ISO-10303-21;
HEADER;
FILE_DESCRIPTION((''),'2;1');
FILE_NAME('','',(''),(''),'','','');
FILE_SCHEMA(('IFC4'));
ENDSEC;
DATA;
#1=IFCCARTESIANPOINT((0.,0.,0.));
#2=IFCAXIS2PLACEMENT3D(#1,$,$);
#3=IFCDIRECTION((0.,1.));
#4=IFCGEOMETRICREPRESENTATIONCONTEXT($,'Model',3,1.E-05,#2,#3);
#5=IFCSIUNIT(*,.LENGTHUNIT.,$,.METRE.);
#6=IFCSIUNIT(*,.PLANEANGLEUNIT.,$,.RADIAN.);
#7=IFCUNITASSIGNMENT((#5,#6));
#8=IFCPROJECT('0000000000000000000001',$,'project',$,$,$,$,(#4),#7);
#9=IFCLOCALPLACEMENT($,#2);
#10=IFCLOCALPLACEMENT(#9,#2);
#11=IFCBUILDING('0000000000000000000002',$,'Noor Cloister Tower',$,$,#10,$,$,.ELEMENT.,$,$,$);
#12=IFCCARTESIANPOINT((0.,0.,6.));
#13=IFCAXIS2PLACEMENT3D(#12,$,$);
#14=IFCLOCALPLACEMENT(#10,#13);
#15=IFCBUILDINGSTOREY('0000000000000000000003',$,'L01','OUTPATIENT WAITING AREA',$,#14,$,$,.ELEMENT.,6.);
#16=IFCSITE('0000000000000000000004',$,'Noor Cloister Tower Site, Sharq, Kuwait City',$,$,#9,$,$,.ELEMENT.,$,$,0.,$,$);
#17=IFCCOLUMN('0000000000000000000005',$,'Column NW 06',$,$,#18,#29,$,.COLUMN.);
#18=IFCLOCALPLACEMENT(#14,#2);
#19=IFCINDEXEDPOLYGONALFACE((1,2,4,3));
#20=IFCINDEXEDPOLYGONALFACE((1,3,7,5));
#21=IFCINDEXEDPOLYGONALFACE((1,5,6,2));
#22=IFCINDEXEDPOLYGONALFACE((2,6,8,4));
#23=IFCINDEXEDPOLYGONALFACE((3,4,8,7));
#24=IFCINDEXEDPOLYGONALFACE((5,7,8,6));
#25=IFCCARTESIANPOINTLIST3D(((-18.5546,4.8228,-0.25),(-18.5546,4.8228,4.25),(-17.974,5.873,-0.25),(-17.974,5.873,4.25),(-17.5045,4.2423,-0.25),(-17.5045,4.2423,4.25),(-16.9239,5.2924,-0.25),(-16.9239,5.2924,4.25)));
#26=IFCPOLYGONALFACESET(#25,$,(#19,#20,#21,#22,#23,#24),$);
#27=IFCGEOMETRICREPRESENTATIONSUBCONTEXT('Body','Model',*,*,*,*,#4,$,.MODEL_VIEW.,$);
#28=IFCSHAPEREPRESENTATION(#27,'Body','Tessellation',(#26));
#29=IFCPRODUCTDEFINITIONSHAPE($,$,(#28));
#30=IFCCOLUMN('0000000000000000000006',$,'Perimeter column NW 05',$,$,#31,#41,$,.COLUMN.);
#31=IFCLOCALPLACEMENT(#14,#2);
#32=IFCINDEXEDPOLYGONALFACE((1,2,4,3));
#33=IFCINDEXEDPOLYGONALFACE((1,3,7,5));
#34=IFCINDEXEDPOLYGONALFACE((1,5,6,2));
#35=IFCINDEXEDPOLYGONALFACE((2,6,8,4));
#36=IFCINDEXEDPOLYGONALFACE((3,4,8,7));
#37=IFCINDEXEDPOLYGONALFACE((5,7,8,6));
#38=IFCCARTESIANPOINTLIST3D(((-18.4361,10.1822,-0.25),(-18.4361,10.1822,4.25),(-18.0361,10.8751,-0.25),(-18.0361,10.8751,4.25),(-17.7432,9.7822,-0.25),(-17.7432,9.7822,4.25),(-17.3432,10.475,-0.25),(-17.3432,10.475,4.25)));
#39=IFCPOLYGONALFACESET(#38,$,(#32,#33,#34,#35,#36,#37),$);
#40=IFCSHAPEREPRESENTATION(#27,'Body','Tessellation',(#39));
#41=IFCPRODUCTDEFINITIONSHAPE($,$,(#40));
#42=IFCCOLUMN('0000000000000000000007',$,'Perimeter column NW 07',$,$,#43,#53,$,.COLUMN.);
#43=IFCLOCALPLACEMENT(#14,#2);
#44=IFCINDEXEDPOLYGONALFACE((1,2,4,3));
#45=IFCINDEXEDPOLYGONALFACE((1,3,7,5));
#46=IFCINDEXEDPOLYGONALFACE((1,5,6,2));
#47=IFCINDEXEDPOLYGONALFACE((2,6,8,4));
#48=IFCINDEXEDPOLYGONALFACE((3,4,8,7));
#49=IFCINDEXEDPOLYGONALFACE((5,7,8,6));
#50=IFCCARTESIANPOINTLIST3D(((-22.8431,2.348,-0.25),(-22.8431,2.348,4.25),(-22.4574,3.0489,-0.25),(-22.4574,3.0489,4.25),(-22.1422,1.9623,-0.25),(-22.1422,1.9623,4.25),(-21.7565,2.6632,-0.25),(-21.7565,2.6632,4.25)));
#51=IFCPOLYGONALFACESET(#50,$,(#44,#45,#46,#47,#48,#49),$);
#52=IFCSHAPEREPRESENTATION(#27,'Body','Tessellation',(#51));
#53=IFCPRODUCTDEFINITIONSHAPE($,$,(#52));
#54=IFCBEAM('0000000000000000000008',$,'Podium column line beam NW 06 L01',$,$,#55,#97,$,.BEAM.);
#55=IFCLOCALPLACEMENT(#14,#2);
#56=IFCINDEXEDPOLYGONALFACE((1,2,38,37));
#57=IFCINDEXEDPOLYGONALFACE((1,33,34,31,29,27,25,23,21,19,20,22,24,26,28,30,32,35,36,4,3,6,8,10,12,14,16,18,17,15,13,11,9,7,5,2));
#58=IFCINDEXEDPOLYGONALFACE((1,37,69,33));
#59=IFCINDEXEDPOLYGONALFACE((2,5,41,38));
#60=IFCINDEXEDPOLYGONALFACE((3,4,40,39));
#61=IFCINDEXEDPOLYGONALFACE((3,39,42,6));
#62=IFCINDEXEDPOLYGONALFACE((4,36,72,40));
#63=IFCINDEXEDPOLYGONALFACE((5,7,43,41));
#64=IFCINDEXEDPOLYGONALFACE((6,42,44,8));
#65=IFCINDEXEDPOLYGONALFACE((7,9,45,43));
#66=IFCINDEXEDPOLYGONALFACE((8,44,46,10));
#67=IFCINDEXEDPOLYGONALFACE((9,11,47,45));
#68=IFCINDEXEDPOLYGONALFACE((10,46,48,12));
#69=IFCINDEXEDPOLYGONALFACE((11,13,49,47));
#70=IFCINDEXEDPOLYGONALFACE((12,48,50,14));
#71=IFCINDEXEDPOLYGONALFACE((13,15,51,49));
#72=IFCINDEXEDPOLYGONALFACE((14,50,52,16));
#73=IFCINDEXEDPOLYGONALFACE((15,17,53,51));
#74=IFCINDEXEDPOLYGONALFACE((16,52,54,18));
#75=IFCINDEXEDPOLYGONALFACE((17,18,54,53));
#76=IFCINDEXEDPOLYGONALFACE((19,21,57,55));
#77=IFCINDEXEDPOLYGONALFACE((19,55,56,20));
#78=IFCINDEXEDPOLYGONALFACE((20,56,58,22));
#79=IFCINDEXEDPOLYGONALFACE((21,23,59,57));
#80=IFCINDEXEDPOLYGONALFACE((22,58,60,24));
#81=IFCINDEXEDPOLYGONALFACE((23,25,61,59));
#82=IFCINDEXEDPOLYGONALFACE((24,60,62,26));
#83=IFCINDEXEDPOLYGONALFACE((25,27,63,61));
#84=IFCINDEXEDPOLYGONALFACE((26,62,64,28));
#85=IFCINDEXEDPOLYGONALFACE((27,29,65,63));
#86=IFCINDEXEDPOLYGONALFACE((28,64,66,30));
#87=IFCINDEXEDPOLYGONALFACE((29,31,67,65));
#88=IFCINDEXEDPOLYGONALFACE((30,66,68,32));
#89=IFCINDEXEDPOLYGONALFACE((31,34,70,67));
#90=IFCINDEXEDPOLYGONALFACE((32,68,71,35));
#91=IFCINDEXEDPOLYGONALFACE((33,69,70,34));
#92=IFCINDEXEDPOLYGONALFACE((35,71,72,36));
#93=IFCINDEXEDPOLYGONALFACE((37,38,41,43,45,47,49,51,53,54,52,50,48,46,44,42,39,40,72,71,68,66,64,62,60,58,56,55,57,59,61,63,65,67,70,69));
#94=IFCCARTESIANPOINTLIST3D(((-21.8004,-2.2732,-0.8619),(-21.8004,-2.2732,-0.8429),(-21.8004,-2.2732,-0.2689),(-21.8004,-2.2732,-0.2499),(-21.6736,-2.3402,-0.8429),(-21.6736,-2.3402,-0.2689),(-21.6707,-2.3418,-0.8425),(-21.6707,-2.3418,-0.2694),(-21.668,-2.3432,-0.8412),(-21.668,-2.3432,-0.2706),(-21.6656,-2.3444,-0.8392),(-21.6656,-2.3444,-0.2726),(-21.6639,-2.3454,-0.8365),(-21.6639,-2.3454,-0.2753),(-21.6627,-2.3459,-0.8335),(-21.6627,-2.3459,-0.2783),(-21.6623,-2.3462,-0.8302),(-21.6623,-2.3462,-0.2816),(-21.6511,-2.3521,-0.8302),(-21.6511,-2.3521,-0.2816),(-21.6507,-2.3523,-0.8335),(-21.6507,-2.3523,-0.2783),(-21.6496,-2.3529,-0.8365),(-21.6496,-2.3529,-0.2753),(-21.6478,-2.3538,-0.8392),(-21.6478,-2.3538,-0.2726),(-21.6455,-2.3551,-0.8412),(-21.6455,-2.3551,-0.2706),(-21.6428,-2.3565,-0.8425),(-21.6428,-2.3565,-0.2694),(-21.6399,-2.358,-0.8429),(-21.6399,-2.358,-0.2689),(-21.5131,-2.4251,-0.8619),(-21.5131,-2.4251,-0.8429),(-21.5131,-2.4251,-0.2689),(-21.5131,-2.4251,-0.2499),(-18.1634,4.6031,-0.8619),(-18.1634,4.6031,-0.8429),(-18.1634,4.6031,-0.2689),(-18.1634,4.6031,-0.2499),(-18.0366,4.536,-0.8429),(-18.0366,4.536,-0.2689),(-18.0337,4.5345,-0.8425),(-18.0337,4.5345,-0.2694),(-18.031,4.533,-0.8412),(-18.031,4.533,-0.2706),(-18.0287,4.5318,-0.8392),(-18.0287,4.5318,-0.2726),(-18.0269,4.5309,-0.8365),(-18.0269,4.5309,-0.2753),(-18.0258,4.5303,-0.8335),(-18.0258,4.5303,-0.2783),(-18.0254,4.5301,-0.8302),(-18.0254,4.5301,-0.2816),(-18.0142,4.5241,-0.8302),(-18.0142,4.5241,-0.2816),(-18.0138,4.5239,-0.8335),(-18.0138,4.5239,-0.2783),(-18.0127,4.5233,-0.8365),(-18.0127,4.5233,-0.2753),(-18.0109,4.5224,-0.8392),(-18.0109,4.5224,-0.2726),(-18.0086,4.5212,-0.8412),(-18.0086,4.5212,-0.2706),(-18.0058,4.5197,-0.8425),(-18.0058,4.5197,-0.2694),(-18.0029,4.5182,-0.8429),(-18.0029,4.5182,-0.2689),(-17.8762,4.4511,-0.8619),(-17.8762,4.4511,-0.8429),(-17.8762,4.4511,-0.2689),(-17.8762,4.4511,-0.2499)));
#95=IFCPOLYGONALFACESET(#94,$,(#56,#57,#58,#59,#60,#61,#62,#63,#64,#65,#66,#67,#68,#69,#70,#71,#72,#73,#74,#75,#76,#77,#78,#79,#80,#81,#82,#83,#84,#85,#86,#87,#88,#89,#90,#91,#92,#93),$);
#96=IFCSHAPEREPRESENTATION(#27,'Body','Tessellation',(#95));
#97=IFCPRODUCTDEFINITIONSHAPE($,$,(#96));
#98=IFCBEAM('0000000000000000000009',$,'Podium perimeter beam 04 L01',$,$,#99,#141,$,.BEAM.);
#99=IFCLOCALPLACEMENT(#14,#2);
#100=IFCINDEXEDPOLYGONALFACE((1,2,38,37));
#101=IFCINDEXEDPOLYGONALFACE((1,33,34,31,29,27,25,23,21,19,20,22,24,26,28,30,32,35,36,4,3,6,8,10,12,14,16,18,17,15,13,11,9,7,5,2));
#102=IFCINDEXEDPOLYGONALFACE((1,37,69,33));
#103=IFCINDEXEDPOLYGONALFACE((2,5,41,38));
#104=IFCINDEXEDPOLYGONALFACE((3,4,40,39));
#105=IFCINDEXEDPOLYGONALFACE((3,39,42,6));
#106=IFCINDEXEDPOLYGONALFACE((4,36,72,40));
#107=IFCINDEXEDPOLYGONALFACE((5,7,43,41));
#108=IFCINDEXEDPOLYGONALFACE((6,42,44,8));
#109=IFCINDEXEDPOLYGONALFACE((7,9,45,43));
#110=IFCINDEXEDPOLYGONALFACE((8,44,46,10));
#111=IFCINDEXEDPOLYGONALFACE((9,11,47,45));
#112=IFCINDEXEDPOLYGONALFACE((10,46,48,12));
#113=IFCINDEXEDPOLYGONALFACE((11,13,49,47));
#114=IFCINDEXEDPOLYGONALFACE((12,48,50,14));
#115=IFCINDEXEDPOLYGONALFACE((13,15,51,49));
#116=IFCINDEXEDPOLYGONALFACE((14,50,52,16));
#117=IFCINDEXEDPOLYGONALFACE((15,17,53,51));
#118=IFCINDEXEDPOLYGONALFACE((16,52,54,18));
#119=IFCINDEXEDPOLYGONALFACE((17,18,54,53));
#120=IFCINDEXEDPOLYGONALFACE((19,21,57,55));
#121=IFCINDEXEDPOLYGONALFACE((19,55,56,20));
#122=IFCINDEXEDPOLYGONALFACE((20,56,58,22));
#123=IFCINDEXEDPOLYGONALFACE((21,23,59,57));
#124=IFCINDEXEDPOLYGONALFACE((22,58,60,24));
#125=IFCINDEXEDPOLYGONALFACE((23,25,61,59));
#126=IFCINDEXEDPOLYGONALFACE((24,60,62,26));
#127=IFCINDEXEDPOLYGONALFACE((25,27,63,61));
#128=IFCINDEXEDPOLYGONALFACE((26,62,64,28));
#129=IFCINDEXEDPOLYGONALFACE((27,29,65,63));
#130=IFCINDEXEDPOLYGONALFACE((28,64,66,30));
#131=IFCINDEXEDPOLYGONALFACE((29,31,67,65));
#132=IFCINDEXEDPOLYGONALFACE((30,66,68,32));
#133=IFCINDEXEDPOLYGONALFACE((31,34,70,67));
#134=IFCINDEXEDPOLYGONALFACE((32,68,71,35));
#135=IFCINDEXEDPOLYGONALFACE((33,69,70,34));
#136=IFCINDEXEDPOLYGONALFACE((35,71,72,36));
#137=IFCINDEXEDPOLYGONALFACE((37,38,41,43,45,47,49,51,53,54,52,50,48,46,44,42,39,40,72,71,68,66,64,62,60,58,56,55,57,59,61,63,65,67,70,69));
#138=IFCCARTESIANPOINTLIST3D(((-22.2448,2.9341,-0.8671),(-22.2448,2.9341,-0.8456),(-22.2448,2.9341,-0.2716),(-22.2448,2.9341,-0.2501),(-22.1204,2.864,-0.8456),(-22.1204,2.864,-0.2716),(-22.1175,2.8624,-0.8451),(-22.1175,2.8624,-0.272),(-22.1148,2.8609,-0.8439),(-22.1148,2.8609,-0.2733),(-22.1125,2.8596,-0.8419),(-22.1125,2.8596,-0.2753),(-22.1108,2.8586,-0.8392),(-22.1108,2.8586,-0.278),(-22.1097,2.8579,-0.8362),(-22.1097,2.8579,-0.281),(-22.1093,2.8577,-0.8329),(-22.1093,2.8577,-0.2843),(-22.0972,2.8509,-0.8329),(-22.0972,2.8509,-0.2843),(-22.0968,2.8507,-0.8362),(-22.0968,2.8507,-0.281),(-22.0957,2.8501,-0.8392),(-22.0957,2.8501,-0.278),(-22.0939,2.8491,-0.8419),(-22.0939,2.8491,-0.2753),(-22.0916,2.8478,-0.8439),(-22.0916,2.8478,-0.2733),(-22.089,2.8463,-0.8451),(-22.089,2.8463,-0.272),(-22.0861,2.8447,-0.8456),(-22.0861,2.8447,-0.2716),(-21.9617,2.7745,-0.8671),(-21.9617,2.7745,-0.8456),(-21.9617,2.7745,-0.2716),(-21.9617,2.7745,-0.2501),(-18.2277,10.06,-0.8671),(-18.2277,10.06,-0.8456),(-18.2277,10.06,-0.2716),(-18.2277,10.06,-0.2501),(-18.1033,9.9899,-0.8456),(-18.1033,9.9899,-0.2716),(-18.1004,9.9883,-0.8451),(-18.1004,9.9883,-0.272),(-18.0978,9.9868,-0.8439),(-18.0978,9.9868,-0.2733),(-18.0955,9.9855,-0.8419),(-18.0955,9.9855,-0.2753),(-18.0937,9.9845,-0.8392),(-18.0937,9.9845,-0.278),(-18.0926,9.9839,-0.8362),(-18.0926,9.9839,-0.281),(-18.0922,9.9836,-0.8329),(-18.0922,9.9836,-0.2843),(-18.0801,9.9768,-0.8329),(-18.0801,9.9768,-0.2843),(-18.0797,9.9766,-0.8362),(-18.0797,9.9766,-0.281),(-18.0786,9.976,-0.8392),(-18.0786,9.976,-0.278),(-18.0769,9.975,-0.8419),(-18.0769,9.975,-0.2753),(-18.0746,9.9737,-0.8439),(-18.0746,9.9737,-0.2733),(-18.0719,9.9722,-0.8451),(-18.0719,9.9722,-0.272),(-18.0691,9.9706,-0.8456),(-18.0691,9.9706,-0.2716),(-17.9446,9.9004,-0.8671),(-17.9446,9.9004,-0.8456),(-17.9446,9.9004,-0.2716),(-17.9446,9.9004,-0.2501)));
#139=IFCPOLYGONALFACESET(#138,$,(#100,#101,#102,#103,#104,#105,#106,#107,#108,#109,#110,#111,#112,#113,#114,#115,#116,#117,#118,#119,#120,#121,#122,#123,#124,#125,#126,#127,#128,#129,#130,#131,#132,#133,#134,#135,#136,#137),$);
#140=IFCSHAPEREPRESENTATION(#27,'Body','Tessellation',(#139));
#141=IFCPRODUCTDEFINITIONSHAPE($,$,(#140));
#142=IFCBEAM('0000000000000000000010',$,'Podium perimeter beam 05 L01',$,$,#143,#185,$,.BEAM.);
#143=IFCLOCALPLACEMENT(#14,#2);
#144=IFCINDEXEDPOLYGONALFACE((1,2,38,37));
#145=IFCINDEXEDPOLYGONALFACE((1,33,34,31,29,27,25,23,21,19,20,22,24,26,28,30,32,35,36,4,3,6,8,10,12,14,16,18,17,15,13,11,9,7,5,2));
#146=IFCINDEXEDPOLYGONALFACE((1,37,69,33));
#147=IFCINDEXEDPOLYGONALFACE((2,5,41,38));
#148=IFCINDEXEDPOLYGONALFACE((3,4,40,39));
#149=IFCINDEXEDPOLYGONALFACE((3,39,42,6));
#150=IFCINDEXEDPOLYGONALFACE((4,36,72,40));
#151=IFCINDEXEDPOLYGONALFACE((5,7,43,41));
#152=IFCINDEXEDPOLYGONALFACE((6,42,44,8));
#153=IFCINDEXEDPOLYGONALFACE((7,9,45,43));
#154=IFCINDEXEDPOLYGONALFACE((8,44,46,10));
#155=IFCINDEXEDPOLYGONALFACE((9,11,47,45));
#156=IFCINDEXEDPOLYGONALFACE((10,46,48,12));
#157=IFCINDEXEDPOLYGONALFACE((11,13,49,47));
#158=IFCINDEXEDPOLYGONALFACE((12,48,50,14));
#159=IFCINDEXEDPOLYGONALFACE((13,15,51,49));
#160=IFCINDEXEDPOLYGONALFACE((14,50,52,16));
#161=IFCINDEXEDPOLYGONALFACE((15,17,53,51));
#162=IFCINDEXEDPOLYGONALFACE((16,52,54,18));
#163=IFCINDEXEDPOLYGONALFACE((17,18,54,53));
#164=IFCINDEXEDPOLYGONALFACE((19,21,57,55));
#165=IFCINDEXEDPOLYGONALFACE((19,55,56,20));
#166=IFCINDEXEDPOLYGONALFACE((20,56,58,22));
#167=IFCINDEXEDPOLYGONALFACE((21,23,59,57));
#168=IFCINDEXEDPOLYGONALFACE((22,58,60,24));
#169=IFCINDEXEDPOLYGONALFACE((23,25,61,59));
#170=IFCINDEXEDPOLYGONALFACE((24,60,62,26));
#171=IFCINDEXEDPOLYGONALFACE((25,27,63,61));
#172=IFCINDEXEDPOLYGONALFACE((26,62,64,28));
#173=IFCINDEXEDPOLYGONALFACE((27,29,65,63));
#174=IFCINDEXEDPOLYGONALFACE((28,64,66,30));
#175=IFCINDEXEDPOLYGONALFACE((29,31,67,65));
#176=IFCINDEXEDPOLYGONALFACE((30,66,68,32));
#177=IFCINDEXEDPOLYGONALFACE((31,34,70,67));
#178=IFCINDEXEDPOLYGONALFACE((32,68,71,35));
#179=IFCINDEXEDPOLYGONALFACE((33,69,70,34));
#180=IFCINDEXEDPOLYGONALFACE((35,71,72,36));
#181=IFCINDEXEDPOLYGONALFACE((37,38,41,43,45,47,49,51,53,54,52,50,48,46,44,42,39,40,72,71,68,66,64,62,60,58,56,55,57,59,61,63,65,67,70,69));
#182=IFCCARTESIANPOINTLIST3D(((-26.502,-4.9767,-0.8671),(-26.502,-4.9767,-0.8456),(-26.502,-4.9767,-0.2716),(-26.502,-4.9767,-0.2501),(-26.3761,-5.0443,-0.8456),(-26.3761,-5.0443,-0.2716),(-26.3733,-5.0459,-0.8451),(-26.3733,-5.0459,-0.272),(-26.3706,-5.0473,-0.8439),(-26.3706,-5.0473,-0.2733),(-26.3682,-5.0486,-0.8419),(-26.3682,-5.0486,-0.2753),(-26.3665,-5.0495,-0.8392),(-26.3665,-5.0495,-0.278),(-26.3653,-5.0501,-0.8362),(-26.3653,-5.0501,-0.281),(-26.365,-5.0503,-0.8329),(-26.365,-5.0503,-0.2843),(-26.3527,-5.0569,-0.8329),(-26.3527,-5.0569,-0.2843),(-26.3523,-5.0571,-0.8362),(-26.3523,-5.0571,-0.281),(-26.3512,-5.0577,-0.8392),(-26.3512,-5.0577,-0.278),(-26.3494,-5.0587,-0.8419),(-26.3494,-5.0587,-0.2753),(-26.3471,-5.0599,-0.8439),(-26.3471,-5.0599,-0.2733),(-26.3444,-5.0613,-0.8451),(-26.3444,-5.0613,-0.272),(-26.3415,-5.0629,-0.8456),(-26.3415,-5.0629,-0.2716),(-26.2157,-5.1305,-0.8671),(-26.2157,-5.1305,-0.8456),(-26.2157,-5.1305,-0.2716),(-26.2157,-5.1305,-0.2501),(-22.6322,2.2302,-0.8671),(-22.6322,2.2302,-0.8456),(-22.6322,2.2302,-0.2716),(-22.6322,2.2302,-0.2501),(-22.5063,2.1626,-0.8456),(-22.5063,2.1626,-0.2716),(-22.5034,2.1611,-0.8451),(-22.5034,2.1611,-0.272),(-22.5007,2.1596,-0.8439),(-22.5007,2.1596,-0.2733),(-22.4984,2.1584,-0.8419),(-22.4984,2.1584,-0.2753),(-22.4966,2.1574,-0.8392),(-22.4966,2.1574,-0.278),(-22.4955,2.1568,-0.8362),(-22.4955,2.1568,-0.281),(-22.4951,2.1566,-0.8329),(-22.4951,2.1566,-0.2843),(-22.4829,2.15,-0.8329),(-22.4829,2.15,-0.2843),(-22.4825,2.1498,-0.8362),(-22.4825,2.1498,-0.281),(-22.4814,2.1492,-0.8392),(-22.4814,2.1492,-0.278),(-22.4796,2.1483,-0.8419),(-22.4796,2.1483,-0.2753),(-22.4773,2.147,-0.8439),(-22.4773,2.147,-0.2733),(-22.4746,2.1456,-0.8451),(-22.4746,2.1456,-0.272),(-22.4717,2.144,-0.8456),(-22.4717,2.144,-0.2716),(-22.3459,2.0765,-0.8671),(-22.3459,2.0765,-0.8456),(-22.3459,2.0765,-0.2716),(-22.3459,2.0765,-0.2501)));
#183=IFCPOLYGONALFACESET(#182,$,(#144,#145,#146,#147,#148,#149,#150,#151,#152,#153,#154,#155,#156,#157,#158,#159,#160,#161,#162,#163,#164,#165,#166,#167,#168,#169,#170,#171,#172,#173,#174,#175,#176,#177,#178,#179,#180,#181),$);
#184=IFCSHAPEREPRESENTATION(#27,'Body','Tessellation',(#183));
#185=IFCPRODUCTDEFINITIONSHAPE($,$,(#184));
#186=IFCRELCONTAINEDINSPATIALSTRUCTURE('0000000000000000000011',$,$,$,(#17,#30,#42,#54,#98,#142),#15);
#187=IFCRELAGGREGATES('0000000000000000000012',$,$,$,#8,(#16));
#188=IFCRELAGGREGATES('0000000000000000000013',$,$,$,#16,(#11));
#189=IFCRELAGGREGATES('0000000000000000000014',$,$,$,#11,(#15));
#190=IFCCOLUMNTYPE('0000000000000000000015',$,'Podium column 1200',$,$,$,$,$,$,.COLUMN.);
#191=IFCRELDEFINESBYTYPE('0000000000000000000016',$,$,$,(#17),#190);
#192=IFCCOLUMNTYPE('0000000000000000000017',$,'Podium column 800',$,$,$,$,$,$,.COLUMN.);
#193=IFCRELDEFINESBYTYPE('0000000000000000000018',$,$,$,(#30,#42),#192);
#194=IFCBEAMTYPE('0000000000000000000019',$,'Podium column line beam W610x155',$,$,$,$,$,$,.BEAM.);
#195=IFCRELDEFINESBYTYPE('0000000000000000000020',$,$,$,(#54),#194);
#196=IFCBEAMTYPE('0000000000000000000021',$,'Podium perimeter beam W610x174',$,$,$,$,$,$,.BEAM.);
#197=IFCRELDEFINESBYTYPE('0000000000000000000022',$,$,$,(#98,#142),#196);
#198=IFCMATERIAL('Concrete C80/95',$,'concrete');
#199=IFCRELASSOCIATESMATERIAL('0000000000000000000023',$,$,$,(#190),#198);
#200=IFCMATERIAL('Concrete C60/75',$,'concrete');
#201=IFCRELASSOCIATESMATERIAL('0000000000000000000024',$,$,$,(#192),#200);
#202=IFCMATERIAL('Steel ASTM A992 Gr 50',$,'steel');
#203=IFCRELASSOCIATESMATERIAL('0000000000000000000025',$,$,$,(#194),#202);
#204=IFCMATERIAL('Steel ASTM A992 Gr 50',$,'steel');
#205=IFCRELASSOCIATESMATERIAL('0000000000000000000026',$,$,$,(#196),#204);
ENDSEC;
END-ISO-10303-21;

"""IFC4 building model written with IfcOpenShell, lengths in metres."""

from ifc_helpers import new_model, si_unit, direction, frame, origin, origin_2d, place, context, subcontext, project, spatial, rectangle, i_section, extrude, material, material_profile, profile_set, type_object, element, save


model = new_model("IFC4")

# Units and contexts
model_context = context("Model", 3, precision=1e-05, world=origin(), true_north=direction((0.0, 1.0)))
body_context = subcontext(model_context, "Body", "Model", "MODEL_VIEW")
ifc_project = project(units=[si_unit("LENGTHUNIT", "METRE"), si_unit("PLANEANGLEUNIT", "RADIAN")], contexts=[model_context])

# Site, building, storey
site_placement = place(None, origin())
site = spatial("IfcSite", under=ifc_project, at=site_placement, Name="Noor Cloister Tower Site, Sharq, Kuwait City", CompositionType="ELEMENT", RefElevation=0.0)
building_placement = place(site_placement, origin())
building = spatial("IfcBuilding", under=site, at=building_placement, Name="Noor Cloister Tower", CompositionType="ELEMENT")
storey_placement = place(building_placement, frame((0.0, 0.0, 6.0)))
storey = spatial("IfcBuildingStorey", under=building, at=storey_placement, Name="L01", Description="OUTPATIENT WAITING AREA", CompositionType="ELEMENT", Elevation=6.0)

# Columns
ifc_material_1 = material(Name="Concrete C80/95", Category="concrete")
ifc_material_profile_1 = material_profile(ifc_material_1, rectangle(XDim=1.2, YDim=1.2, at=origin_2d()), Name="Podium column 1200")
ifc_profile_set_1 = profile_set([ifc_material_profile_1], Name="Concrete C80/95")
column_type_1 = type_object("IfcColumnType", Name="Podium column 1200", PredefinedType="COLUMN", material=ifc_profile_set_1)
column_placement = place(storey_placement, frame((-17.7393, 5.0576, -0.25), z_axis=(0.0, 0.0, 1.0), x_axis=(-0.875153, 0.483847, 0.0)))
element("IfcColumn", 1, at=column_placement, inside=storey, type_object=column_type_1, Name="Column NW 06", PredefinedType="COLUMN", context=body_context, shape_type="SweptSolid", body=[
    extrude(rectangle(XDim=1.2, YDim=1.2, at=origin_2d()), origin(), (0.0, 0.0, 1.0), 4.5),
])
ifc_material_2 = material(Name="Concrete C60/75", Category="concrete")
ifc_material_profile_2 = material_profile(ifc_material_2, rectangle(XDim=0.8, YDim=0.8, at=origin_2d()), Name="Podium column 800")
ifc_profile_set_2 = profile_set([ifc_material_profile_2], Name="Concrete C60/75")
column_type_2 = type_object("IfcColumnType", Name="Podium column 800", PredefinedType="COLUMN", material=ifc_profile_set_2)
for number, where, z_axis, x_axis, name in (
    (2, (-17.8896, 10.3286, -0.25), (0.0, 0.0, 1.0), (-0.866025, 0.5, 0.0), "Perimeter column NW 05"),
    (3, (-22.2998, 2.5056, -0.25), (0.0, 0.0, 1.0), (-0.876111, 0.482109, 0.0), "Perimeter column NW 07"),
):
    element("IfcColumn", number, at=place(storey_placement, frame(where, z_axis=z_axis, x_axis=x_axis)), inside=storey, type_object=column_type_2, Name=name, PredefinedType="COLUMN", context=body_context, shape_type="SweptSolid", body=[
        extrude(rectangle(XDim=0.8, YDim=0.8, at=origin_2d()), origin(), (0.0, 0.0, 1.0), 4.5),
    ])

# Beams
ifc_material_3 = material(Name="Steel ASTM A992 Gr 50", Category="steel")
ifc_material_profile_3 = material_profile(ifc_material_3, i_section(OverallWidth=0.325, OverallDepth=0.6121, WebThickness=0.0127, FlangeThickness=0.019, FilletRadius=0.0127, at=origin_2d()), Name="W610x155")
ifc_profile_set_3 = profile_set([ifc_material_profile_3], Name="Steel ASTM A992 Gr 50")
beam_type_1 = type_object("IfcBeamType", Name="Podium column line beam W610x155", PredefinedType="BEAM", material=ifc_profile_set_3)
beam_1_placement = place(storey_placement, frame((-18.0198, 4.5271, -0.5559), z_axis=(-0.467547, -0.883968, 0.0), x_axis=(0.883968, -0.467547, 0.0)))
element("IfcBeam", 4, at=beam_1_placement, inside=storey, type_object=beam_type_1, Name="Podium column line beam NW 06 L01", PredefinedType="BEAM", context=body_context, shape_type="SweptSolid", body=[
    extrude(i_section(OverallWidth=0.325, OverallDepth=0.6121, WebThickness=0.0127, FlangeThickness=0.019, FilletRadius=0.0127, at=origin_2d()), origin(), (0.0, 0.0, 1.0), 7.7788),
])
ifc_material_4 = material(Name="Steel ASTM A992 Gr 50", Category="steel")
ifc_material_profile_4 = material_profile(ifc_material_4, i_section(OverallWidth=0.325, OverallDepth=0.6169, WebThickness=0.0139, FlangeThickness=0.0215, FilletRadius=0.0127, at=origin_2d()), Name="W610x174")
ifc_profile_set_4 = profile_set([ifc_material_profile_4], Name="Steel ASTM A992 Gr 50")
beam_type_2 = type_object("IfcBeamType", Name="Podium perimeter beam W610x174", PredefinedType="BEAM", material=ifc_profile_set_4)
for number, where, z_axis, x_axis, name in (
    (5, (-18.0862, 9.9802, -0.5586), (-0.491072, -0.871119, 0.0), (0.871119, -0.491072, 0.0), "Podium perimeter beam 04 L01"),
    (6, (-22.489, 2.1533, -0.5586), (-0.473073, -0.881023, 0.0), (0.881023, -0.473073, 0.0), "Podium perimeter beam 05 L01"),
):
    element("IfcBeam", number, at=place(storey_placement, frame(where, z_axis=z_axis, x_axis=x_axis)), inside=storey, type_object=beam_type_2, Name=name, PredefinedType="BEAM", context=body_context, shape_type="SweptSolid", body=[
        extrude(i_section(OverallWidth=0.325, OverallDepth=0.6169, WebThickness=0.0139, FlangeThickness=0.0215, FilletRadius=0.0127, at=origin_2d()), origin(), (0.0, 0.0, 1.0), 8.1802),
    ])

save(model, "model.ifc")
